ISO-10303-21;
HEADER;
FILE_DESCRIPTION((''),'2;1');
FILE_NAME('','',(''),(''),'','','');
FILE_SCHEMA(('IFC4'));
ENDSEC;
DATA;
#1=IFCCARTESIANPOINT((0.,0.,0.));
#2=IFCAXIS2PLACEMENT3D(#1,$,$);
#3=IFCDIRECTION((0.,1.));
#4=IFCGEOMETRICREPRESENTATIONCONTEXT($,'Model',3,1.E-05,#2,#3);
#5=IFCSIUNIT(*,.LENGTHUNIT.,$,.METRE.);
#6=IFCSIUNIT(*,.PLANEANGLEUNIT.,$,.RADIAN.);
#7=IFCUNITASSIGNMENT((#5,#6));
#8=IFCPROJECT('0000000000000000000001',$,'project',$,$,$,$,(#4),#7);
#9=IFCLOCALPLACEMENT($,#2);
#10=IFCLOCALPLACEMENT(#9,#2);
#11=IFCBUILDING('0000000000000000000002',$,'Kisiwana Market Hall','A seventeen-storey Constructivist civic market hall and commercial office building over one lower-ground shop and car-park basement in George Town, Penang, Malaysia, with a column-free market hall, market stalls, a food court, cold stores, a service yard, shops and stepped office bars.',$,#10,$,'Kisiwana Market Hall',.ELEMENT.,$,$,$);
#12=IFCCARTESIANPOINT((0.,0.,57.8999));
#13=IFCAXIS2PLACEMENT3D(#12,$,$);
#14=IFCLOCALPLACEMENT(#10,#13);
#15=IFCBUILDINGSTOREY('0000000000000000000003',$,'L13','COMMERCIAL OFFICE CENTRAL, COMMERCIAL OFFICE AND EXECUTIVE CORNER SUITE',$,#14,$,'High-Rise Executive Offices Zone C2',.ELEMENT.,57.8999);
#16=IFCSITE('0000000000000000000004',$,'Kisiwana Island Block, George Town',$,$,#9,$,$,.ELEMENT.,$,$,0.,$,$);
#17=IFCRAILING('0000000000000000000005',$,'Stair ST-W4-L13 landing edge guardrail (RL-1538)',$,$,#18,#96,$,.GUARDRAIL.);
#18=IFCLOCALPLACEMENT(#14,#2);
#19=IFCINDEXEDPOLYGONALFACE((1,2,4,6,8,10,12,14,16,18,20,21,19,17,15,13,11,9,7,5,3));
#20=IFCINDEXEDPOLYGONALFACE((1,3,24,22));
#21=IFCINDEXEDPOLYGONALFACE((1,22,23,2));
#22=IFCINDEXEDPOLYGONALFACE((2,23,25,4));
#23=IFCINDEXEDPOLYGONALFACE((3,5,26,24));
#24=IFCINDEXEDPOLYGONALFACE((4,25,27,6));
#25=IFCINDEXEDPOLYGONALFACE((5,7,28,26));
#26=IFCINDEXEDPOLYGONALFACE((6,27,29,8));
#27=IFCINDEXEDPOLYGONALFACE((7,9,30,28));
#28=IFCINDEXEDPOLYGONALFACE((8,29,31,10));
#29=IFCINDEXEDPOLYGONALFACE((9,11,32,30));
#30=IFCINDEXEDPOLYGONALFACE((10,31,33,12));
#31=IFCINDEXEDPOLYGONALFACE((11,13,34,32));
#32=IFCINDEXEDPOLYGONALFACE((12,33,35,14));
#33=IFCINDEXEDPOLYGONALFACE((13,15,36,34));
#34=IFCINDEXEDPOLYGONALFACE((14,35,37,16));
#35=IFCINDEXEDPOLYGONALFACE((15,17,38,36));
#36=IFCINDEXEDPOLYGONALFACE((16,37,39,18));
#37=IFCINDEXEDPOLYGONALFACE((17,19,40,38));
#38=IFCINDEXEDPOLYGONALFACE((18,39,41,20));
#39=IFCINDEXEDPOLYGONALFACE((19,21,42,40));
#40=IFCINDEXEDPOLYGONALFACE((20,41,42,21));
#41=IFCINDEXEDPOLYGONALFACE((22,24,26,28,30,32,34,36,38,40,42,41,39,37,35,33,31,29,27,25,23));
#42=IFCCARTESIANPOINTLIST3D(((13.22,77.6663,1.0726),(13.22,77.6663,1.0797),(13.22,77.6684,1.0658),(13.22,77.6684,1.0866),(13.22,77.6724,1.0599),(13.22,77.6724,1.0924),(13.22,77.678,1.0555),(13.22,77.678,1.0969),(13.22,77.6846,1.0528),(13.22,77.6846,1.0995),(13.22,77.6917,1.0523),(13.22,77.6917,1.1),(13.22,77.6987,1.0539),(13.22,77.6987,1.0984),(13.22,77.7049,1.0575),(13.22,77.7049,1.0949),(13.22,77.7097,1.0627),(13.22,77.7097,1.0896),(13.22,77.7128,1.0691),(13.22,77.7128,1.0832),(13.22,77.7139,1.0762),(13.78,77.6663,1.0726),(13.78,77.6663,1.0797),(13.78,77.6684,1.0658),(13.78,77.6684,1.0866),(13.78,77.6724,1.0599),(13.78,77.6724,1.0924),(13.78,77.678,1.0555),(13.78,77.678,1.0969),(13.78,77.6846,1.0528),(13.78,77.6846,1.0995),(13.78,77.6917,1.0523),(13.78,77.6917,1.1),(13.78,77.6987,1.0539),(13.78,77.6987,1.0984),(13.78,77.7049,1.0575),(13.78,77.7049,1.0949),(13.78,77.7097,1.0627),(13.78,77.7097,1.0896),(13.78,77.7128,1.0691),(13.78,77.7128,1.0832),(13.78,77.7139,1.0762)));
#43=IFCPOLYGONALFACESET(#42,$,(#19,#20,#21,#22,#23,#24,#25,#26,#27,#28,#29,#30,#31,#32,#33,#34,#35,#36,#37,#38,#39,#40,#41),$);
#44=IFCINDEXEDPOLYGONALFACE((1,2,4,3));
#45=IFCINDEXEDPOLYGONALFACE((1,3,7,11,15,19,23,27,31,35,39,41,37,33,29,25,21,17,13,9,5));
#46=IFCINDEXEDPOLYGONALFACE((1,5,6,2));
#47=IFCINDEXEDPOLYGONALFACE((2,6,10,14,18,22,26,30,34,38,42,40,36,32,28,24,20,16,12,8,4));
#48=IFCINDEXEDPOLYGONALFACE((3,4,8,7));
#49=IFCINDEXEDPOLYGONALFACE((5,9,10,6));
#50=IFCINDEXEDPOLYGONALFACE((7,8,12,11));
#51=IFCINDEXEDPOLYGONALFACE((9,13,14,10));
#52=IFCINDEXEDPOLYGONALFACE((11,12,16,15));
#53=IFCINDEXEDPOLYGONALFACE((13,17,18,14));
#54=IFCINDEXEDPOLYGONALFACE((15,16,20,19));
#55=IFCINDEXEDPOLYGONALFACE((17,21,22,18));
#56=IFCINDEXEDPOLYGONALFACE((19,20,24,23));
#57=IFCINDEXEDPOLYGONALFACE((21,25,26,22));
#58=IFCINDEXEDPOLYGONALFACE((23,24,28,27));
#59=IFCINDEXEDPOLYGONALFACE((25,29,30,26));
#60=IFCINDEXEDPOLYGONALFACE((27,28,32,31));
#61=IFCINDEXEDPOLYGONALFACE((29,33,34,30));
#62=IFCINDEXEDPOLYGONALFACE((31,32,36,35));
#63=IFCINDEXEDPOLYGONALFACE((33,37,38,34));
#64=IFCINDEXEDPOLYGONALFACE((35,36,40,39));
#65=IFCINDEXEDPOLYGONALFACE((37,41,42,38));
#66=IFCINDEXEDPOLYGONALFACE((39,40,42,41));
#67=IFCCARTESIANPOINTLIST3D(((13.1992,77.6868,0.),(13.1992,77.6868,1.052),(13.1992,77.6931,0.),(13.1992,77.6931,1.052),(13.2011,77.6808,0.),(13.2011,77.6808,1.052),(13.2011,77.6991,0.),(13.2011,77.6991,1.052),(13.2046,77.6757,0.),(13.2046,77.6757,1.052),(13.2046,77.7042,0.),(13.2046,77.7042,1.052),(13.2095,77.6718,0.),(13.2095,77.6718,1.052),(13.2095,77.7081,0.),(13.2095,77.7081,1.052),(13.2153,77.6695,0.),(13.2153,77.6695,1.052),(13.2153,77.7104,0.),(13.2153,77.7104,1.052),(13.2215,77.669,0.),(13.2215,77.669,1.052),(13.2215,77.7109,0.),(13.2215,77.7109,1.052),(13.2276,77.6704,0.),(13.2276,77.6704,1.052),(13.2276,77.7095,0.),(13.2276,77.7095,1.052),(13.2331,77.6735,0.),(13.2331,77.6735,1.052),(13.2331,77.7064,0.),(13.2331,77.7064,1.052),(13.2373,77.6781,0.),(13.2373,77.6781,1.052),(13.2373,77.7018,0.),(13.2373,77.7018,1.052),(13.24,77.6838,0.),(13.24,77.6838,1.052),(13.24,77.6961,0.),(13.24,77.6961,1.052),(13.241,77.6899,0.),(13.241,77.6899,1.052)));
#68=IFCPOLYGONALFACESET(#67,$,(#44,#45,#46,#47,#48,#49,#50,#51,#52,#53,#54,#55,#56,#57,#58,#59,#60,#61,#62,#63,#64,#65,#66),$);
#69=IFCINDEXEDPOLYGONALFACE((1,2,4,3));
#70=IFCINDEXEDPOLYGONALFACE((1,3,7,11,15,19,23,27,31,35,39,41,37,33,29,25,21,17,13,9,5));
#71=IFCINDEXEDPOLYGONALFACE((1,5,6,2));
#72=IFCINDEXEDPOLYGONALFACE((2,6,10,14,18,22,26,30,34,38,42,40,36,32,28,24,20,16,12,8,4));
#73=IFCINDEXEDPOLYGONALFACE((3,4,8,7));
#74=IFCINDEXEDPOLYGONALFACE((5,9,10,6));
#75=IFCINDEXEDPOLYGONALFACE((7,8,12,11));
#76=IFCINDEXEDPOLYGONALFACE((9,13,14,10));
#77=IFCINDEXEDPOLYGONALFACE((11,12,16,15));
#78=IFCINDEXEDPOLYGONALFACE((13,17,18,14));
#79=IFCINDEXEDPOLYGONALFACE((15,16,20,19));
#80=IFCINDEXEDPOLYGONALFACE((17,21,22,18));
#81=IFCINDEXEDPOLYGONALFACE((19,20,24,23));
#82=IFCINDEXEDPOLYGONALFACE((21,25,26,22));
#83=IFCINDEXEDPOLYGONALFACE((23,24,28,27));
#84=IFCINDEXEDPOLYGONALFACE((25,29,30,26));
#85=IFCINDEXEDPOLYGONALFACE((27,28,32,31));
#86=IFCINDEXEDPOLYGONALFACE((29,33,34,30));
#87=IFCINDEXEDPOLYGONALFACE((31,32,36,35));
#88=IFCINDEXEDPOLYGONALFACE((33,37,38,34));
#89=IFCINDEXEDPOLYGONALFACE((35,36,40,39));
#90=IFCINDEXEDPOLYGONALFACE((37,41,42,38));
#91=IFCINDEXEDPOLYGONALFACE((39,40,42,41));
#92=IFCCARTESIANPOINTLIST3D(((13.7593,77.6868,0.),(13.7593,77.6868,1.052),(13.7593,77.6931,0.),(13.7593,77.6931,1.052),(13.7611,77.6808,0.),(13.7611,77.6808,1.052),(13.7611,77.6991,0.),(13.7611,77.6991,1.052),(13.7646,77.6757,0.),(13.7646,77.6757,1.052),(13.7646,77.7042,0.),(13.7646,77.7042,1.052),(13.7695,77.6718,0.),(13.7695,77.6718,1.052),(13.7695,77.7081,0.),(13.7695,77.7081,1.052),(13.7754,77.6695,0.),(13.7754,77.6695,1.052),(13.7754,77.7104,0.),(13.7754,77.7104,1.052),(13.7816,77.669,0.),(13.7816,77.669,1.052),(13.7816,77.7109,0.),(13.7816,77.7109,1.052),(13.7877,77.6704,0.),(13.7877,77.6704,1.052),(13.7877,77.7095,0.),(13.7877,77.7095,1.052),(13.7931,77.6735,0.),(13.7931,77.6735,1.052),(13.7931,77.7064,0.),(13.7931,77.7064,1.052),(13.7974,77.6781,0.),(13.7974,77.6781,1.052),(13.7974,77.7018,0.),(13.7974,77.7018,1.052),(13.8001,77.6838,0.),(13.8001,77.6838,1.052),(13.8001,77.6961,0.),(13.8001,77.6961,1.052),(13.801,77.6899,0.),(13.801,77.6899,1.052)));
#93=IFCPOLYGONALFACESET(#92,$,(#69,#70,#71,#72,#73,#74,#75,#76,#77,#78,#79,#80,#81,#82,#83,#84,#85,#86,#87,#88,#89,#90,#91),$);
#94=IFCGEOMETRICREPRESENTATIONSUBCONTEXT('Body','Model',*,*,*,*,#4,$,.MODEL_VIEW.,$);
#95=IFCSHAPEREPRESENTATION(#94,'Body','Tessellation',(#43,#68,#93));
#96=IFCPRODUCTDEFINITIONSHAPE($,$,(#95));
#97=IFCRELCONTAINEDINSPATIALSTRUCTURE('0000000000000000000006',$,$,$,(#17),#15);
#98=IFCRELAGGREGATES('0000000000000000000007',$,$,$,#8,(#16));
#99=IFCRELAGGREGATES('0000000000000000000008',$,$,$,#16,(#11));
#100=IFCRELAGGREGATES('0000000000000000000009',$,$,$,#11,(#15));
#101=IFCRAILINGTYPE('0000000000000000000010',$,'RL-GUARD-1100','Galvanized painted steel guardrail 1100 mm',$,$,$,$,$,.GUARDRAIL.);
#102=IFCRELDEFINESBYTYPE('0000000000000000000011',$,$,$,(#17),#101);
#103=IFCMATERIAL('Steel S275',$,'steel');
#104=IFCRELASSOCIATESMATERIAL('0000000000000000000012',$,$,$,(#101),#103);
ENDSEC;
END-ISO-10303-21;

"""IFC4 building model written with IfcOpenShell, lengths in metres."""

from ifc_helpers import new_model, si_unit, direction, frame, origin, origin_2d, place, context, subcontext, project, spatial, circle, extrude, material, type_object, element, save


model = new_model("IFC4")

# Units and contexts
model_context = context("Model", 3, precision=1e-05, world=origin(), true_north=direction((0.0, 1.0)))
body_context = subcontext(model_context, "Body", "Model", "MODEL_VIEW")
ifc_project = project(units=[si_unit("LENGTHUNIT", "METRE"), si_unit("PLANEANGLEUNIT", "RADIAN")], contexts=[model_context])

# Site, building, storey
site_placement = place(None, origin())
site = spatial("IfcSite", under=ifc_project, at=site_placement, Name="Kisiwana Island Block, George Town", CompositionType="ELEMENT", RefElevation=0.0)
building_placement = place(site_placement, origin())
building = spatial("IfcBuilding", under=site, at=building_placement, Name="Kisiwana Market Hall", Description="A seventeen-storey Constructivist civic market hall and commercial office building over one lower-ground shop and car-park basement in George Town, Penang, Malaysia, with a column-free market hall, market stalls, a food court, cold stores, a service yard, shops and stepped office bars.", LongName="Kisiwana Market Hall", CompositionType="ELEMENT")
storey_placement = place(building_placement, frame((0.0, 0.0, 57.8999)))
storey = spatial("IfcBuildingStorey", under=building, at=storey_placement, Name="L13", Description="COMMERCIAL OFFICE CENTRAL, COMMERCIAL OFFICE AND EXECUTIVE CORNER SUITE", LongName="High-Rise Executive Offices Zone C2", CompositionType="ELEMENT", Elevation=57.8999)

# Railing
ifc_material_1 = material(Name="Steel S275", Category="steel")
railing_type_1 = type_object("IfcRailingType", Name="RL-GUARD-1100", Description="Galvanized painted steel guardrail 1100 mm", PredefinedType="GUARDRAIL", material=ifc_material_1)
railing_1_placement = place(storey_placement, frame((13.22, 77.6899, 0.0)))
element("IfcRailing", 1, at=railing_1_placement, inside=storey, type_object=railing_type_1, Name="Stair ST-W4-L13 landing edge guardrail (RL-1538)", PredefinedType="GUARDRAIL", context=body_context, shape_type="SweptSolid", body=[
    extrude(circle(Radius=0.0239, at=origin_2d()), frame((0.0, 0.0, 1.0762), z_axis=(1.0, 0.0, 0.0), x_axis=(0.0, 1.0, 0.0)), (0.0, 0.0, 1.0), 0.5601),
    extrude(circle(Radius=0.021, at=origin_2d()), origin(), (0.0, 0.0, 1.0), 1.052),
    extrude(circle(Radius=0.021, at=origin_2d()), frame((0.5601, 0.0, 0.0)), (0.0, 0.0, 1.0), 1.052),
])

save(model, "model.ifc")
